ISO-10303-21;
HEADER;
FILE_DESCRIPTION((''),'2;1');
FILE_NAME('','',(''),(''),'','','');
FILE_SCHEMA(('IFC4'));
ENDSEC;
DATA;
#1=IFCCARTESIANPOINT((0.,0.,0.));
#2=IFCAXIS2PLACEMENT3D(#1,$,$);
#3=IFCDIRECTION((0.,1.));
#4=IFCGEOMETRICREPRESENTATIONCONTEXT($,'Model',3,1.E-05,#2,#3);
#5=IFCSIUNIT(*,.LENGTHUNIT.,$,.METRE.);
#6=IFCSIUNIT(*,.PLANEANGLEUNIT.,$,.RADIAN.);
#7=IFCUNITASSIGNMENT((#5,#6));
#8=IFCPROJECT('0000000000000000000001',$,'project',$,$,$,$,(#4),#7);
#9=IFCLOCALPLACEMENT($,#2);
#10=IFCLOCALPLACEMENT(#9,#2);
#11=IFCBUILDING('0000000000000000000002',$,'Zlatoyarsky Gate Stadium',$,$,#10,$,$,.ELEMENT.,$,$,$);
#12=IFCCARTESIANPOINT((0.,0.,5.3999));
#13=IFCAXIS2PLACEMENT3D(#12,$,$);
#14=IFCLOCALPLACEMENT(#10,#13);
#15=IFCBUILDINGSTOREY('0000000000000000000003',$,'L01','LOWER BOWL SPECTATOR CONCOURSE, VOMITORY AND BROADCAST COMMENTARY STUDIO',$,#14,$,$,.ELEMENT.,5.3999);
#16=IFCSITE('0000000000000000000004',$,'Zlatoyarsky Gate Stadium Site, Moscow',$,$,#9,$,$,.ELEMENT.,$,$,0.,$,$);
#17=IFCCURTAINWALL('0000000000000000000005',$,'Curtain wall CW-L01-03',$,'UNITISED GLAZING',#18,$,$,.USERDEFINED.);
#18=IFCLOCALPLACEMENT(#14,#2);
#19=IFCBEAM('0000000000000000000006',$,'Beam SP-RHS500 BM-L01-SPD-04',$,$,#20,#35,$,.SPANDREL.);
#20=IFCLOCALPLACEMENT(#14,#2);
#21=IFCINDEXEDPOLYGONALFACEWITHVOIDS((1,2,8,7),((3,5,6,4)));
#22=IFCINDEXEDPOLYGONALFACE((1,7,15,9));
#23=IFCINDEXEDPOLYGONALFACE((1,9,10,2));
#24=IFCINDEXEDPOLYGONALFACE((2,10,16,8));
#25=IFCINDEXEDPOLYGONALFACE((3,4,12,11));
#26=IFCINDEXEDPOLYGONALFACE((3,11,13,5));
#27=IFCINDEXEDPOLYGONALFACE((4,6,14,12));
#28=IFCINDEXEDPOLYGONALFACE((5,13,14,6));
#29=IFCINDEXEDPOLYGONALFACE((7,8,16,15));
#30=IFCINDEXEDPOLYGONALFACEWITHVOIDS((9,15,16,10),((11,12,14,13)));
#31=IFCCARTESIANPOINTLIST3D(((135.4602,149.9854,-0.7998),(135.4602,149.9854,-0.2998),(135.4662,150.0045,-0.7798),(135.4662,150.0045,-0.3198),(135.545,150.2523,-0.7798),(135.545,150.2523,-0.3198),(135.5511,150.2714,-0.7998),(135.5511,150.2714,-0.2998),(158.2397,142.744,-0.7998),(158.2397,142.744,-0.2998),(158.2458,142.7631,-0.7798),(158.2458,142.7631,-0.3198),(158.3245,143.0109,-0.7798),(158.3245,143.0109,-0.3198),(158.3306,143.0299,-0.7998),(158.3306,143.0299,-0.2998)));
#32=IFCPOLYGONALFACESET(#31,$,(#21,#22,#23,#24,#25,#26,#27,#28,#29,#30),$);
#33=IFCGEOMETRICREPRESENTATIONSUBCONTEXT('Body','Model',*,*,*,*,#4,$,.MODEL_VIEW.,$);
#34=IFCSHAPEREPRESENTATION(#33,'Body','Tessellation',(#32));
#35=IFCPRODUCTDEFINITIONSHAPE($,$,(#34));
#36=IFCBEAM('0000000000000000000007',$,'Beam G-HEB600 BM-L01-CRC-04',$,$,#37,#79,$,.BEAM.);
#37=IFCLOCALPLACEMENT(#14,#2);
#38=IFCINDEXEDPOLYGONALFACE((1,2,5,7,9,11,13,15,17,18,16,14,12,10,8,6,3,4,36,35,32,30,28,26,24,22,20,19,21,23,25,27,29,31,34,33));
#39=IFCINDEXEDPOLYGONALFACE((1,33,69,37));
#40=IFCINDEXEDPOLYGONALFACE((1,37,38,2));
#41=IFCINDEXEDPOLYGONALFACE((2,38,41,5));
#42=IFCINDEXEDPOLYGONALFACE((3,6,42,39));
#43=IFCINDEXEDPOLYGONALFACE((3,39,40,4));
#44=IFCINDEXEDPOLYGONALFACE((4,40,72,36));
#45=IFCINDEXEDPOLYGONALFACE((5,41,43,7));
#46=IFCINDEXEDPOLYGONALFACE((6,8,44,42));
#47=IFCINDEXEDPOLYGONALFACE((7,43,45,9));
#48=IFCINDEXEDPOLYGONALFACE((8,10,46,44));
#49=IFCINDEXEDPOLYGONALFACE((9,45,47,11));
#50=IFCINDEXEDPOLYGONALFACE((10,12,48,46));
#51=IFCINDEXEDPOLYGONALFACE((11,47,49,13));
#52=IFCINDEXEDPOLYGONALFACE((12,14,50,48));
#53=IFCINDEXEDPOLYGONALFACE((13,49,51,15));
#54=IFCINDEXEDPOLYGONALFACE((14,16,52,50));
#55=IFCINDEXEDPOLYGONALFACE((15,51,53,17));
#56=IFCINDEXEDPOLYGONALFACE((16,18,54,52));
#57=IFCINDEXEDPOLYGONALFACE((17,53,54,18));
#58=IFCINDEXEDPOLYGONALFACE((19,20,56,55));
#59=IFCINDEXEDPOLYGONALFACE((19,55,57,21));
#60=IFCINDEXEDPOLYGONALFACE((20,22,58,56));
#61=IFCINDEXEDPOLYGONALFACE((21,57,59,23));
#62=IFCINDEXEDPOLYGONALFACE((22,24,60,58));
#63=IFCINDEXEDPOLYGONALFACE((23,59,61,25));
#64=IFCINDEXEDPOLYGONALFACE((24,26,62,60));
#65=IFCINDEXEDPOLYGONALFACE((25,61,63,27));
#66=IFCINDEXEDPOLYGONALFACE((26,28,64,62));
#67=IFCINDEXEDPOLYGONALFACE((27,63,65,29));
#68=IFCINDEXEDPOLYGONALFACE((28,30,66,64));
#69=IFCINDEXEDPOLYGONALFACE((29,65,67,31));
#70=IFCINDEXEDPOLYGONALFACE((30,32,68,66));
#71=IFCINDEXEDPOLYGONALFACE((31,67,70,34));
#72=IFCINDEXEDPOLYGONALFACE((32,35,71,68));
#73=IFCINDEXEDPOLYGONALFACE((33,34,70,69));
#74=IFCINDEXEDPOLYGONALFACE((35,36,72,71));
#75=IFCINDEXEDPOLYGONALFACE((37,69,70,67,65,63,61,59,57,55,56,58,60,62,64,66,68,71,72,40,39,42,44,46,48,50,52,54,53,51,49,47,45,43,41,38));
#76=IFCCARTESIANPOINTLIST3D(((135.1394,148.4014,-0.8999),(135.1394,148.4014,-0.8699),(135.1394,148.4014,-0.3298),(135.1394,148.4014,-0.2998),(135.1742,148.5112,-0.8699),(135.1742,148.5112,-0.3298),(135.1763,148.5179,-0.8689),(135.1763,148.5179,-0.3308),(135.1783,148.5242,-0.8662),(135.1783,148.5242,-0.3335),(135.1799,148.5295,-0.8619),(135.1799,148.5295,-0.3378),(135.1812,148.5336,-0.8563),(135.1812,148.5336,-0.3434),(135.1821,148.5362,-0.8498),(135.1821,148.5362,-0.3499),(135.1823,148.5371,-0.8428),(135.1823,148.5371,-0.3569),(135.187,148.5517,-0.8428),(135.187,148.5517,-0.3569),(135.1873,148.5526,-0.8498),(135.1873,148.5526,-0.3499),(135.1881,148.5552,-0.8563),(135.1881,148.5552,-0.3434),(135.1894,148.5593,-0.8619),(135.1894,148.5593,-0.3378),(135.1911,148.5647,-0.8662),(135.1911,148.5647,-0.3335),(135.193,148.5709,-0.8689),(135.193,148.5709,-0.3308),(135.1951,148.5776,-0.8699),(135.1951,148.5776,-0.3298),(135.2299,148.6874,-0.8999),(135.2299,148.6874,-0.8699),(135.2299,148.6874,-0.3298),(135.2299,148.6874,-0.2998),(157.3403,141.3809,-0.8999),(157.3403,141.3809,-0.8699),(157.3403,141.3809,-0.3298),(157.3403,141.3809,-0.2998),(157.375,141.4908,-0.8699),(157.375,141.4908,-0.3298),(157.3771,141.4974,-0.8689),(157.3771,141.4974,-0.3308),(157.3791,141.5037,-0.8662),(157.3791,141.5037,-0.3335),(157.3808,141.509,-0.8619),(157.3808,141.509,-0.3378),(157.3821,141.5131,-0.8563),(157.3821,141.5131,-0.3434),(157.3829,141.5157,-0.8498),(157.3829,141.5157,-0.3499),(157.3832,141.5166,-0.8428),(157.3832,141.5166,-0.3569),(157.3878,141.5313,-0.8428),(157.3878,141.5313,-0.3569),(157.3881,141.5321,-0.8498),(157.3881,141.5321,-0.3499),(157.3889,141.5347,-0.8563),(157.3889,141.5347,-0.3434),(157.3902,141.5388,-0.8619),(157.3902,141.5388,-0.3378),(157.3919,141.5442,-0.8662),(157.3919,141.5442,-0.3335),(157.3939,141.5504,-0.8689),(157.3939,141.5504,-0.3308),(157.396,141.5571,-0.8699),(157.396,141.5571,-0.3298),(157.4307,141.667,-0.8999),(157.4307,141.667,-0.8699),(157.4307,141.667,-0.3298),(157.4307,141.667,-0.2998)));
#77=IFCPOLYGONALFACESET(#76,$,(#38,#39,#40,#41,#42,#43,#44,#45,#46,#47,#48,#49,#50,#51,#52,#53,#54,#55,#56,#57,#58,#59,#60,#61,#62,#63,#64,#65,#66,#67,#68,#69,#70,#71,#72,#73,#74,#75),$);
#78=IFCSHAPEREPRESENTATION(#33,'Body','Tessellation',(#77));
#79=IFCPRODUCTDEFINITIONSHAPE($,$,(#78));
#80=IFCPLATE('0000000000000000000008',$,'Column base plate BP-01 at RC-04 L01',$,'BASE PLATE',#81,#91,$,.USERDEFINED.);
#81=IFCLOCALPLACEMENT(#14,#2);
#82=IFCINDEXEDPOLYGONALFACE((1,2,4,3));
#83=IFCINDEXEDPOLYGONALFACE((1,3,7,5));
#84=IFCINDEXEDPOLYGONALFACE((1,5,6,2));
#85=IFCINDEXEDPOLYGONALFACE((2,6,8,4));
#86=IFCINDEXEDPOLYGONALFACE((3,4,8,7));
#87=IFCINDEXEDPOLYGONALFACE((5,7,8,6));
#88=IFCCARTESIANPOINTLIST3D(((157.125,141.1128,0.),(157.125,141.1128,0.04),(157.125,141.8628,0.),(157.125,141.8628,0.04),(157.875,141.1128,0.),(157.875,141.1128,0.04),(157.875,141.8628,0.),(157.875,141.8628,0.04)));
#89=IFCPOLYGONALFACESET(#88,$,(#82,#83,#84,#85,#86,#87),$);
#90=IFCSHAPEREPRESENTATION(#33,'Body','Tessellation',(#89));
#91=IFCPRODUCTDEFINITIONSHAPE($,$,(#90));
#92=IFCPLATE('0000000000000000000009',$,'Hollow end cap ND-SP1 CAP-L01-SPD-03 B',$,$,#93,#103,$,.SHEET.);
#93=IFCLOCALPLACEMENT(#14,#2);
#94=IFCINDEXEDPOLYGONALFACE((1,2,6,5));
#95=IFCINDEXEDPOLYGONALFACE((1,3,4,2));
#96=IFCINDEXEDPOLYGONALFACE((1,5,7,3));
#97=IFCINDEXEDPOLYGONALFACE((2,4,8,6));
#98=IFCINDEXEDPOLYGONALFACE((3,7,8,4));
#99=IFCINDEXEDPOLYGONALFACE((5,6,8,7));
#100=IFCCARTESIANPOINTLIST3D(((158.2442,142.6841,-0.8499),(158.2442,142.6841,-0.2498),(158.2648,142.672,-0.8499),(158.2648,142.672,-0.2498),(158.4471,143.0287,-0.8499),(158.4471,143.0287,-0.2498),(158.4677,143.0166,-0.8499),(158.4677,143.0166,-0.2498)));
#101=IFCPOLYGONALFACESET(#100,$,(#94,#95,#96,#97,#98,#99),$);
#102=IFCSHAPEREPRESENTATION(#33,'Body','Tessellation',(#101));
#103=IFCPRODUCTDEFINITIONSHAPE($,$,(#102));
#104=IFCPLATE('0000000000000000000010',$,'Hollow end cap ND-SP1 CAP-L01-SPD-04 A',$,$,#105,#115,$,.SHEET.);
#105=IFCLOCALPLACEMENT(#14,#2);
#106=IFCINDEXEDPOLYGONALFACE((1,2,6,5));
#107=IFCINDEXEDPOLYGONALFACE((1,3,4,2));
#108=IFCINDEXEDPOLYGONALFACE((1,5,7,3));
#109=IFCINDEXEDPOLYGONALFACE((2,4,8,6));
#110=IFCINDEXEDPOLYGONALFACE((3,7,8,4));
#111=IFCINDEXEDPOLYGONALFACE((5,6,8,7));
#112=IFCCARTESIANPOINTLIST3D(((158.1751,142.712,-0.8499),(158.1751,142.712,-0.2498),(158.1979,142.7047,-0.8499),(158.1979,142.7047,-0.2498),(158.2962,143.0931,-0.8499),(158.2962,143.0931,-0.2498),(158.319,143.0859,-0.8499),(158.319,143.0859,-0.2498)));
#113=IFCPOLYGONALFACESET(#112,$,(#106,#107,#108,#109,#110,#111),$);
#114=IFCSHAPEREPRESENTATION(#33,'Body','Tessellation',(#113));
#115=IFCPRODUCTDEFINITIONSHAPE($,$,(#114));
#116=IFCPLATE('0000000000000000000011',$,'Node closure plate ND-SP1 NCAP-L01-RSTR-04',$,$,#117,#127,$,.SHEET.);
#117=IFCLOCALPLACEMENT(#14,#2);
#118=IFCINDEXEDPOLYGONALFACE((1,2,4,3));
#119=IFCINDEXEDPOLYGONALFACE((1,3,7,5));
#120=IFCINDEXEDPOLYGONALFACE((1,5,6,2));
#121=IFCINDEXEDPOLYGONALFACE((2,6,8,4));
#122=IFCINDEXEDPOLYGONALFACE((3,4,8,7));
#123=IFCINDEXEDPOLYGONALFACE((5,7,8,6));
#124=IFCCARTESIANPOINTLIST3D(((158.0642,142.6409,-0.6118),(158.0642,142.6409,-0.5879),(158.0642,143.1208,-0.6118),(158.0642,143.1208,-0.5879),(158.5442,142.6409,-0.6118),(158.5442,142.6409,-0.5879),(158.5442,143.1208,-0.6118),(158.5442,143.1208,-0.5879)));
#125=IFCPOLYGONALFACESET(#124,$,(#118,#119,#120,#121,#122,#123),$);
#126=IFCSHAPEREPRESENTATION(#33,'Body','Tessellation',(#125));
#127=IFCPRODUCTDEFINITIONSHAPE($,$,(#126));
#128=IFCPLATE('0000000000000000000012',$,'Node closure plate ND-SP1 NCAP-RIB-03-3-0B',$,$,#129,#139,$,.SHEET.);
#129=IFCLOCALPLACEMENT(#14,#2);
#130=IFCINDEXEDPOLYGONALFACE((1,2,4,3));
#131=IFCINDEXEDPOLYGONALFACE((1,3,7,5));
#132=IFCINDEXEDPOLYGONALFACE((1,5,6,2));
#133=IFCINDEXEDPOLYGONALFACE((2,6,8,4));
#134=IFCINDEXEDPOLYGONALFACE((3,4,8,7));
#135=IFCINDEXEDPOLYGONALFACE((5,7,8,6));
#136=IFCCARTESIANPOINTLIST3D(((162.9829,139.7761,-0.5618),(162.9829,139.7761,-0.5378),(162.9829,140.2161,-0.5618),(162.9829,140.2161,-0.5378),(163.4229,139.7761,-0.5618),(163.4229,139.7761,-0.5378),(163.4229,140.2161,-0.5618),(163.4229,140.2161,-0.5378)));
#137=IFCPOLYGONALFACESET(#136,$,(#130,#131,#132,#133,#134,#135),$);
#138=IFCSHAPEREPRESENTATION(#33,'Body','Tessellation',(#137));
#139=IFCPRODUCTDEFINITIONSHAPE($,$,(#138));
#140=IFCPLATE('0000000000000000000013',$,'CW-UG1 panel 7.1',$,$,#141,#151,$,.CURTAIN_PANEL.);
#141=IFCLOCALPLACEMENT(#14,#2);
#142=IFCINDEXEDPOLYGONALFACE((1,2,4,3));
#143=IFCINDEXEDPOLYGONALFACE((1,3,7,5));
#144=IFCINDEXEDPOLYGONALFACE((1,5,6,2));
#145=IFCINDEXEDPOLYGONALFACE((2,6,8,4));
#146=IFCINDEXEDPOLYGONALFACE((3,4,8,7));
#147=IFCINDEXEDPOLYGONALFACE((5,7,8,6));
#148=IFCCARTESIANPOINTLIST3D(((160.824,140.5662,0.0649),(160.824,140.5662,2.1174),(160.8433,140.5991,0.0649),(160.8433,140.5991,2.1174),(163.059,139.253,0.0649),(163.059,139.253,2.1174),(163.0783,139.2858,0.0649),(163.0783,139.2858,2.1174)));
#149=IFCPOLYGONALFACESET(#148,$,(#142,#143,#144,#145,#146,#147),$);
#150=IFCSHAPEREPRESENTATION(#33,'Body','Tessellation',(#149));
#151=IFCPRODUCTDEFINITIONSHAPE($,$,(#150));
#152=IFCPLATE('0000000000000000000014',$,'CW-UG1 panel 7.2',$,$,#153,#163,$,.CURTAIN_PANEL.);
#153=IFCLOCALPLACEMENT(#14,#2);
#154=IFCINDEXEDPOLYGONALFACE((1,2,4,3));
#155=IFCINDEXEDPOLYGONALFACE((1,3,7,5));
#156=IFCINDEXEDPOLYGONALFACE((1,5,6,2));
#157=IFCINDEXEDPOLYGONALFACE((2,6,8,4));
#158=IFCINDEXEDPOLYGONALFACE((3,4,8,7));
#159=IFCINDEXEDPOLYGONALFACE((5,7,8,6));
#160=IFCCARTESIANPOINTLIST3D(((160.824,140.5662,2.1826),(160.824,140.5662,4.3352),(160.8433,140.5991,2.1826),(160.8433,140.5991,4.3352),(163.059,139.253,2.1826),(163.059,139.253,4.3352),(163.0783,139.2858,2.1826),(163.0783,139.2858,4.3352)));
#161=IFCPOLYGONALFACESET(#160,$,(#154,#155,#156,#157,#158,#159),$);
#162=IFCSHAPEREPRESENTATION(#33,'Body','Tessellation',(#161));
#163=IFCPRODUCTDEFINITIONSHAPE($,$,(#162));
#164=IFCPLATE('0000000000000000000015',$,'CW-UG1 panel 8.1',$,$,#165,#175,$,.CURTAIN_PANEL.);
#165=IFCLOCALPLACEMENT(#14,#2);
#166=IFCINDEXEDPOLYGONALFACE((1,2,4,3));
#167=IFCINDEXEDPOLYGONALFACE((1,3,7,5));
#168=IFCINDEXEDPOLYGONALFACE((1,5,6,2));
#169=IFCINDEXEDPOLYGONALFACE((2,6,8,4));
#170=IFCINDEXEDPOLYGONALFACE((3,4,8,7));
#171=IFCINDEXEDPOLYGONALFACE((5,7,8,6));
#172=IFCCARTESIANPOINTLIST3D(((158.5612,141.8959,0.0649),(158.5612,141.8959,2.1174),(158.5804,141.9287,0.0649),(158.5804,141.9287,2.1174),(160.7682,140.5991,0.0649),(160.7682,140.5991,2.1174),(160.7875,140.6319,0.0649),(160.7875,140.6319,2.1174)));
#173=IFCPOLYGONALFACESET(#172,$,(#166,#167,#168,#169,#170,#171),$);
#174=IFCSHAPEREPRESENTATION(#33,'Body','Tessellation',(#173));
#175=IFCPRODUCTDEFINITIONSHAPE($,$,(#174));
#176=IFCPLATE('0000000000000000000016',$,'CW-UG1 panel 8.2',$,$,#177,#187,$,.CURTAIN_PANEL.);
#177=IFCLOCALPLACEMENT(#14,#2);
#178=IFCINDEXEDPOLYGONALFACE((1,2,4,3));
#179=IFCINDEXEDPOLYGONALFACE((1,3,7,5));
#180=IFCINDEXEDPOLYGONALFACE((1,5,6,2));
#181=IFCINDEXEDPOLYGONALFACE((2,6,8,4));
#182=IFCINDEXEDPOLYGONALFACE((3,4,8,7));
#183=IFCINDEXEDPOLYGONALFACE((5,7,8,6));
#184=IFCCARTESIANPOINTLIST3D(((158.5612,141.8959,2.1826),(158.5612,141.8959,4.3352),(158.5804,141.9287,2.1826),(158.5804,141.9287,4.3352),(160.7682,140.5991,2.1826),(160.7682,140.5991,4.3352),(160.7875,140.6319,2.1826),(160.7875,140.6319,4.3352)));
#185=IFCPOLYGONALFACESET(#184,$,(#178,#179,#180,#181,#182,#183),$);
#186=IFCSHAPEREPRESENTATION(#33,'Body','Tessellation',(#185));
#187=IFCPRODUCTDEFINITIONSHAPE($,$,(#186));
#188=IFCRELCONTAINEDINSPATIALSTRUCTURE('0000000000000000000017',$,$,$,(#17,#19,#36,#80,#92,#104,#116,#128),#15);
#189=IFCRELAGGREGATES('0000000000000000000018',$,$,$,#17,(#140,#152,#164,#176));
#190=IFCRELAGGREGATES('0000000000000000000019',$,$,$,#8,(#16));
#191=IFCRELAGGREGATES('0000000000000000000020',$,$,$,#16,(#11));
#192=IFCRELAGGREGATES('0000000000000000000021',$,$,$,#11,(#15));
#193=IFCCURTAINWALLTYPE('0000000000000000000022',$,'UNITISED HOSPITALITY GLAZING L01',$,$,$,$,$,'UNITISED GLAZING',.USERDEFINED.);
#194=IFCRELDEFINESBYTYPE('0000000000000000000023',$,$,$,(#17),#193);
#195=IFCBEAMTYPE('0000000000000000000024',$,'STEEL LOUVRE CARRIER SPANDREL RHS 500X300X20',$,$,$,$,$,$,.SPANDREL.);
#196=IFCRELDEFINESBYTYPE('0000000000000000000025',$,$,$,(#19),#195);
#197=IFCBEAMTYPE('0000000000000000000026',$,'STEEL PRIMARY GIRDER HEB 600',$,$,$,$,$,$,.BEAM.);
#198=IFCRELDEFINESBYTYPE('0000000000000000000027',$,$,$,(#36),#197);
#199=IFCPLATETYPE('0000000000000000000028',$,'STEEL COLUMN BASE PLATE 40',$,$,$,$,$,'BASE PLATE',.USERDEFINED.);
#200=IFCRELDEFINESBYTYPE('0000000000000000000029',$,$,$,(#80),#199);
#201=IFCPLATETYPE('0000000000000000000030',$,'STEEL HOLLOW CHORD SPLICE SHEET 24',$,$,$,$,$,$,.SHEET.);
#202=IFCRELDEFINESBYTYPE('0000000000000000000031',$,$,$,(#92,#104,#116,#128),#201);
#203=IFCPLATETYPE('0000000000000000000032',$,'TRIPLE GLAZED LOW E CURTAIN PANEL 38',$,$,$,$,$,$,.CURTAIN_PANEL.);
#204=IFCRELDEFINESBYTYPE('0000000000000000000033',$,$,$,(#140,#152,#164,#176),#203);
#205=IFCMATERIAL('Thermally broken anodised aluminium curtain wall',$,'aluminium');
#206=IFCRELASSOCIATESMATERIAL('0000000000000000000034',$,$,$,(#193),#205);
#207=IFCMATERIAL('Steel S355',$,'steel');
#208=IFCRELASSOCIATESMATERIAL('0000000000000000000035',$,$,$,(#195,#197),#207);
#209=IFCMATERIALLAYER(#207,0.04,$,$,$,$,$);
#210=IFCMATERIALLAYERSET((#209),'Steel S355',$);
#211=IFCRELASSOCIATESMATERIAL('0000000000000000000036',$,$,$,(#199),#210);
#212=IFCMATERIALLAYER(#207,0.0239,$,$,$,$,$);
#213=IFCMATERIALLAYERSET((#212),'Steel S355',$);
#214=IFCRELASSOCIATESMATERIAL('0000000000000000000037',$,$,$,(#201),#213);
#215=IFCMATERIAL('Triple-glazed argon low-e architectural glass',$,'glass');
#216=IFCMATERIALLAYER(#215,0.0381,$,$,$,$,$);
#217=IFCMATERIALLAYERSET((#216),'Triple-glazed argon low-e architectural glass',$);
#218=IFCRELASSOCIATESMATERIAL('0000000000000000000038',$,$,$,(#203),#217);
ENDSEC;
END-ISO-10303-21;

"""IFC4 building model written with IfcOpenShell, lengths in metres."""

from ifc_helpers import new_model, si_unit, direction, frame, origin, origin_2d, place, context, subcontext, project, spatial, rectangle, hollow_rectangle, i_section, extrude, material, layer, layer_set, material_profile, profile_set, type_object, element, aggregate, save


model = new_model("IFC4")

# Units and contexts
model_context = context("Model", 3, precision=1e-05, world=origin(), true_north=direction((0.0, 1.0)))
body_context = subcontext(model_context, "Body", "Model", "MODEL_VIEW")
ifc_project = project(units=[si_unit("LENGTHUNIT", "METRE"), si_unit("PLANEANGLEUNIT", "RADIAN")], contexts=[model_context])

# Site, building, storey
site_placement = place(None, origin())
site = spatial("IfcSite", under=ifc_project, at=site_placement, Name="Zlatoyarsky Gate Stadium Site, Moscow", CompositionType="ELEMENT", RefElevation=0.0)
building_placement = place(site_placement, origin())
building = spatial("IfcBuilding", under=site, at=building_placement, Name="Zlatoyarsky Gate Stadium", CompositionType="ELEMENT")
storey_placement = place(building_placement, frame((0.0, 0.0, 5.3999)))
storey = spatial("IfcBuildingStorey", under=building, at=storey_placement, Name="L01", Description="LOWER BOWL SPECTATOR CONCOURSE, VOMITORY AND BROADCAST COMMENTARY STUDIO", CompositionType="ELEMENT", Elevation=5.3999)

# Shared definitions
ifc_material_1 = material(Name="Steel S355", Category="steel")

# Curtain wall
ifc_material_2 = material(Name="Thermally broken anodised aluminium curtain wall", Category="aluminium")
curtain_wall_type = type_object("IfcCurtainWallType", Name="UNITISED HOSPITALITY GLAZING L01", ElementType="UNITISED GLAZING", PredefinedType="USERDEFINED", material=ifc_material_2)
curtain_wall_1_placement = place(storey_placement, origin())
curtain_wall_1 = element("IfcCurtainWall", 1, at=curtain_wall_1_placement, inside=storey, type_object=curtain_wall_type, Name="Curtain wall CW-L01-03", ObjectType="UNITISED GLAZING", PredefinedType="USERDEFINED")

# Beams
ifc_material_profile_1 = material_profile(ifc_material_1, hollow_rectangle(XDim=0.3, YDim=0.5, WallThickness=0.02, at=origin_2d()), Name="RHS 500X300X20")
ifc_profile_set_1 = profile_set([ifc_material_profile_1], Name="Steel S355")
beam_type_1 = type_object("IfcBeamType", Name="STEEL LOUVRE CARRIER SPANDREL RHS 500X300X20", PredefinedType="SPANDREL", material=ifc_profile_set_1)
beam_1_placement = place(storey_placement, frame((158.2852, 142.887, -0.5498), z_axis=(-0.953005, 0.302954, 0.0), x_axis=(-0.302954, -0.953005, 0.0)))
element("IfcBeam", 2, at=beam_1_placement, inside=storey, type_object=beam_type_1, Name="Beam SP-RHS500 BM-L01-SPD-04", PredefinedType="SPANDREL", context=body_context, shape_type="SweptSolid", body=[
    extrude(hollow_rectangle(XDim=0.3, YDim=0.5, WallThickness=0.02, at=origin_2d()), origin(), (0.0, 0.0, 1.0), 23.9028),
])
ifc_material_profile_2 = material_profile(ifc_material_1, i_section(OverallWidth=0.3, OverallDepth=0.6001, WebThickness=0.0154, FlangeThickness=0.03, FilletRadius=0.0271, at=origin_2d()), Name="HEB 600")
ifc_profile_set_2 = profile_set([ifc_material_profile_2], Name="Steel S355")
beam_type_2 = type_object("IfcBeamType", Name="STEEL PRIMARY GIRDER HEB 600", PredefinedType="BEAM", material=ifc_profile_set_2)
beam_2_placement = place(storey_placement, frame((157.3855, 141.5239, -0.5999), z_axis=(-0.953463, 0.30151, 0.0), x_axis=(-0.30151, -0.953463, 0.0)))
element("IfcBeam", 3, at=beam_2_placement, inside=storey, type_object=beam_type_2, Name="Beam G-HEB600 BM-L01-CRC-04", PredefinedType="BEAM", context=body_context, shape_type="SweptSolid", body=[
    extrude(i_section(OverallWidth=0.3, OverallDepth=0.6001, WebThickness=0.0154, FlangeThickness=0.03, FilletRadius=0.0271, at=origin_2d()), origin(), (0.0, 0.0, 1.0), 23.2844),
])

# Plates
ifc_layer_1 = layer(ifc_material_1, 0.04)
ifc_layer_set_1 = layer_set([ifc_layer_1], Name="Steel S355")
plate_type_1 = type_object("IfcPlateType", Name="STEEL COLUMN BASE PLATE 40", ElementType="BASE PLATE", PredefinedType="USERDEFINED", material=ifc_layer_set_1)
plate_1_placement = place(storey_placement, frame((157.5, 141.4878, 0.0), z_axis=(0.0, 0.0, 1.0), x_axis=(1.0, 0.0, 0.0)))
element("IfcPlate", 4, at=plate_1_placement, inside=storey, type_object=plate_type_1, Name="Column base plate BP-01 at RC-04 L01", ObjectType="BASE PLATE", PredefinedType="USERDEFINED", context=body_context, shape_type="SweptSolid", body=[
    extrude(rectangle(XDim=0.75, YDim=0.75, at=origin_2d()), origin(), (0.0, 0.0, 1.0), 0.04),
])
ifc_layer_2 = layer(ifc_material_1, 0.0239)
ifc_layer_set_2 = layer_set([ifc_layer_2], Name="Steel S355")
plate_type_2 = type_object("IfcPlateType", Name="STEEL HOLLOW CHORD SPLICE SHEET 24", PredefinedType="SHEET", material=ifc_layer_set_2)
for number, where, z_axis, x_axis, name in (
    (5, (158.356, 142.8503, -0.8499), (0.0, 0.0, 1.0), (-0.861686, 0.507442, 0.0), "Hollow end cap ND-SP1 CAP-L01-SPD-03 B"),
    (6, (158.2471, 142.8989, -0.8499), (0.0, 0.0, 1.0), (-0.953006, 0.302953, 0.0), "Hollow end cap ND-SP1 CAP-L01-SPD-04 A"),
):
    element("IfcPlate", number, at=place(storey_placement, frame(where, z_axis=z_axis, x_axis=x_axis)), inside=storey, type_object=plate_type_2, Name=name, PredefinedType="SHEET", context=body_context, shape_type="SweptSolid", body=[
        extrude(rectangle(XDim=0.0239, YDim=0.3999, at=origin_2d()), origin(), (0.0, 0.0, 1.0), 0.6001),
    ])
plate_2_placement = place(storey_placement, frame((158.3042, 142.8809, -0.6118), z_axis=(0.0, 0.0, 1.0), x_axis=(1.0, 0.0, 0.0)))
element("IfcPlate", 7, at=plate_2_placement, inside=storey, type_object=plate_type_2, Name="Node closure plate ND-SP1 NCAP-L01-RSTR-04", PredefinedType="SHEET", context=body_context, shape_type="SweptSolid", body=[
    extrude(rectangle(XDim=0.48, YDim=0.48, at=origin_2d()), origin(), (0.0, 0.0, 1.0), 0.0239),
])
plate_3_placement = place(storey_placement, frame((163.2029, 139.9961, -0.5618), z_axis=(0.0, 0.0, 1.0), x_axis=(1.0, 0.0, 0.0)))
element("IfcPlate", 8, at=plate_3_placement, inside=storey, type_object=plate_type_2, Name="Node closure plate ND-SP1 NCAP-RIB-03-3-0B", PredefinedType="SHEET", context=body_context, shape_type="SweptSolid", body=[
    extrude(rectangle(XDim=0.4399, YDim=0.4399, at=origin_2d()), origin(), (0.0, 0.0, 1.0), 0.0239),
])

# Plates
ifc_material_3 = material(Name="Triple-glazed argon low-e architectural glass", Category="glass")
ifc_layer_3 = layer(ifc_material_3, 0.0381)
ifc_layer_set_3 = layer_set([ifc_layer_3], Name="Triple-glazed argon low-e architectural glass")
plate_type_3 = type_object("IfcPlateType", Name="TRIPLE GLAZED LOW E CURTAIN PANEL 38", PredefinedType="CURTAIN_PANEL", material=ifc_layer_set_3)
plate_4_placement = place(storey_placement, frame((161.9512, 139.926, 0.0649), z_axis=(0.0, 0.0, 1.0), x_axis=(-0.862187, 0.50659, 0.0)))
plate_4 = element("IfcPlate", 9, at=plate_4_placement, type_object=plate_type_3, Name="CW-UG1 panel 7.1", PredefinedType="CURTAIN_PANEL", context=body_context, shape_type="SweptSolid", body=[
    extrude(rectangle(XDim=2.5923, YDim=0.0381, at=origin_2d()), origin(), (0.0, 0.0, 1.0), 2.0525),
])
plate_5_placement = place(storey_placement, frame((161.9512, 139.926, 2.1826), z_axis=(0.0, 0.0, 1.0), x_axis=(-0.862187, 0.50659, 0.0)))
plate_5 = element("IfcPlate", 10, at=plate_5_placement, type_object=plate_type_3, Name="CW-UG1 panel 7.2", PredefinedType="CURTAIN_PANEL", context=body_context, shape_type="SweptSolid", body=[
    extrude(rectangle(XDim=2.5923, YDim=0.0381, at=origin_2d()), origin(), (0.0, 0.0, 1.0), 2.1526),
])
plate_6_placement = place(storey_placement, frame((159.6743, 141.2639, 0.0649), z_axis=(0.0, 0.0, 1.0), x_axis=(-0.862187, 0.50659, 0.0)))
plate_6 = element("IfcPlate", 11, at=plate_6_placement, type_object=plate_type_3, Name="CW-UG1 panel 8.1", PredefinedType="CURTAIN_PANEL", context=body_context, shape_type="SweptSolid", body=[
    extrude(rectangle(XDim=2.5598, YDim=0.0381, at=origin_2d()), origin(), (0.0, 0.0, 1.0), 2.0525),
])
plate_7_placement = place(storey_placement, frame((159.6743, 141.2639, 2.1826), z_axis=(0.0, 0.0, 1.0), x_axis=(-0.862187, 0.50659, 0.0)))
plate_7 = element("IfcPlate", 12, at=plate_7_placement, type_object=plate_type_3, Name="CW-UG1 panel 8.2", PredefinedType="CURTAIN_PANEL", context=body_context, shape_type="SweptSolid", body=[
    extrude(rectangle(XDim=2.5598, YDim=0.0381, at=origin_2d()), origin(), (0.0, 0.0, 1.0), 2.1526),
])
aggregate(curtain_wall_1, [plate_4, plate_5, plate_6, plate_7])

save(model, "model.ifc")
